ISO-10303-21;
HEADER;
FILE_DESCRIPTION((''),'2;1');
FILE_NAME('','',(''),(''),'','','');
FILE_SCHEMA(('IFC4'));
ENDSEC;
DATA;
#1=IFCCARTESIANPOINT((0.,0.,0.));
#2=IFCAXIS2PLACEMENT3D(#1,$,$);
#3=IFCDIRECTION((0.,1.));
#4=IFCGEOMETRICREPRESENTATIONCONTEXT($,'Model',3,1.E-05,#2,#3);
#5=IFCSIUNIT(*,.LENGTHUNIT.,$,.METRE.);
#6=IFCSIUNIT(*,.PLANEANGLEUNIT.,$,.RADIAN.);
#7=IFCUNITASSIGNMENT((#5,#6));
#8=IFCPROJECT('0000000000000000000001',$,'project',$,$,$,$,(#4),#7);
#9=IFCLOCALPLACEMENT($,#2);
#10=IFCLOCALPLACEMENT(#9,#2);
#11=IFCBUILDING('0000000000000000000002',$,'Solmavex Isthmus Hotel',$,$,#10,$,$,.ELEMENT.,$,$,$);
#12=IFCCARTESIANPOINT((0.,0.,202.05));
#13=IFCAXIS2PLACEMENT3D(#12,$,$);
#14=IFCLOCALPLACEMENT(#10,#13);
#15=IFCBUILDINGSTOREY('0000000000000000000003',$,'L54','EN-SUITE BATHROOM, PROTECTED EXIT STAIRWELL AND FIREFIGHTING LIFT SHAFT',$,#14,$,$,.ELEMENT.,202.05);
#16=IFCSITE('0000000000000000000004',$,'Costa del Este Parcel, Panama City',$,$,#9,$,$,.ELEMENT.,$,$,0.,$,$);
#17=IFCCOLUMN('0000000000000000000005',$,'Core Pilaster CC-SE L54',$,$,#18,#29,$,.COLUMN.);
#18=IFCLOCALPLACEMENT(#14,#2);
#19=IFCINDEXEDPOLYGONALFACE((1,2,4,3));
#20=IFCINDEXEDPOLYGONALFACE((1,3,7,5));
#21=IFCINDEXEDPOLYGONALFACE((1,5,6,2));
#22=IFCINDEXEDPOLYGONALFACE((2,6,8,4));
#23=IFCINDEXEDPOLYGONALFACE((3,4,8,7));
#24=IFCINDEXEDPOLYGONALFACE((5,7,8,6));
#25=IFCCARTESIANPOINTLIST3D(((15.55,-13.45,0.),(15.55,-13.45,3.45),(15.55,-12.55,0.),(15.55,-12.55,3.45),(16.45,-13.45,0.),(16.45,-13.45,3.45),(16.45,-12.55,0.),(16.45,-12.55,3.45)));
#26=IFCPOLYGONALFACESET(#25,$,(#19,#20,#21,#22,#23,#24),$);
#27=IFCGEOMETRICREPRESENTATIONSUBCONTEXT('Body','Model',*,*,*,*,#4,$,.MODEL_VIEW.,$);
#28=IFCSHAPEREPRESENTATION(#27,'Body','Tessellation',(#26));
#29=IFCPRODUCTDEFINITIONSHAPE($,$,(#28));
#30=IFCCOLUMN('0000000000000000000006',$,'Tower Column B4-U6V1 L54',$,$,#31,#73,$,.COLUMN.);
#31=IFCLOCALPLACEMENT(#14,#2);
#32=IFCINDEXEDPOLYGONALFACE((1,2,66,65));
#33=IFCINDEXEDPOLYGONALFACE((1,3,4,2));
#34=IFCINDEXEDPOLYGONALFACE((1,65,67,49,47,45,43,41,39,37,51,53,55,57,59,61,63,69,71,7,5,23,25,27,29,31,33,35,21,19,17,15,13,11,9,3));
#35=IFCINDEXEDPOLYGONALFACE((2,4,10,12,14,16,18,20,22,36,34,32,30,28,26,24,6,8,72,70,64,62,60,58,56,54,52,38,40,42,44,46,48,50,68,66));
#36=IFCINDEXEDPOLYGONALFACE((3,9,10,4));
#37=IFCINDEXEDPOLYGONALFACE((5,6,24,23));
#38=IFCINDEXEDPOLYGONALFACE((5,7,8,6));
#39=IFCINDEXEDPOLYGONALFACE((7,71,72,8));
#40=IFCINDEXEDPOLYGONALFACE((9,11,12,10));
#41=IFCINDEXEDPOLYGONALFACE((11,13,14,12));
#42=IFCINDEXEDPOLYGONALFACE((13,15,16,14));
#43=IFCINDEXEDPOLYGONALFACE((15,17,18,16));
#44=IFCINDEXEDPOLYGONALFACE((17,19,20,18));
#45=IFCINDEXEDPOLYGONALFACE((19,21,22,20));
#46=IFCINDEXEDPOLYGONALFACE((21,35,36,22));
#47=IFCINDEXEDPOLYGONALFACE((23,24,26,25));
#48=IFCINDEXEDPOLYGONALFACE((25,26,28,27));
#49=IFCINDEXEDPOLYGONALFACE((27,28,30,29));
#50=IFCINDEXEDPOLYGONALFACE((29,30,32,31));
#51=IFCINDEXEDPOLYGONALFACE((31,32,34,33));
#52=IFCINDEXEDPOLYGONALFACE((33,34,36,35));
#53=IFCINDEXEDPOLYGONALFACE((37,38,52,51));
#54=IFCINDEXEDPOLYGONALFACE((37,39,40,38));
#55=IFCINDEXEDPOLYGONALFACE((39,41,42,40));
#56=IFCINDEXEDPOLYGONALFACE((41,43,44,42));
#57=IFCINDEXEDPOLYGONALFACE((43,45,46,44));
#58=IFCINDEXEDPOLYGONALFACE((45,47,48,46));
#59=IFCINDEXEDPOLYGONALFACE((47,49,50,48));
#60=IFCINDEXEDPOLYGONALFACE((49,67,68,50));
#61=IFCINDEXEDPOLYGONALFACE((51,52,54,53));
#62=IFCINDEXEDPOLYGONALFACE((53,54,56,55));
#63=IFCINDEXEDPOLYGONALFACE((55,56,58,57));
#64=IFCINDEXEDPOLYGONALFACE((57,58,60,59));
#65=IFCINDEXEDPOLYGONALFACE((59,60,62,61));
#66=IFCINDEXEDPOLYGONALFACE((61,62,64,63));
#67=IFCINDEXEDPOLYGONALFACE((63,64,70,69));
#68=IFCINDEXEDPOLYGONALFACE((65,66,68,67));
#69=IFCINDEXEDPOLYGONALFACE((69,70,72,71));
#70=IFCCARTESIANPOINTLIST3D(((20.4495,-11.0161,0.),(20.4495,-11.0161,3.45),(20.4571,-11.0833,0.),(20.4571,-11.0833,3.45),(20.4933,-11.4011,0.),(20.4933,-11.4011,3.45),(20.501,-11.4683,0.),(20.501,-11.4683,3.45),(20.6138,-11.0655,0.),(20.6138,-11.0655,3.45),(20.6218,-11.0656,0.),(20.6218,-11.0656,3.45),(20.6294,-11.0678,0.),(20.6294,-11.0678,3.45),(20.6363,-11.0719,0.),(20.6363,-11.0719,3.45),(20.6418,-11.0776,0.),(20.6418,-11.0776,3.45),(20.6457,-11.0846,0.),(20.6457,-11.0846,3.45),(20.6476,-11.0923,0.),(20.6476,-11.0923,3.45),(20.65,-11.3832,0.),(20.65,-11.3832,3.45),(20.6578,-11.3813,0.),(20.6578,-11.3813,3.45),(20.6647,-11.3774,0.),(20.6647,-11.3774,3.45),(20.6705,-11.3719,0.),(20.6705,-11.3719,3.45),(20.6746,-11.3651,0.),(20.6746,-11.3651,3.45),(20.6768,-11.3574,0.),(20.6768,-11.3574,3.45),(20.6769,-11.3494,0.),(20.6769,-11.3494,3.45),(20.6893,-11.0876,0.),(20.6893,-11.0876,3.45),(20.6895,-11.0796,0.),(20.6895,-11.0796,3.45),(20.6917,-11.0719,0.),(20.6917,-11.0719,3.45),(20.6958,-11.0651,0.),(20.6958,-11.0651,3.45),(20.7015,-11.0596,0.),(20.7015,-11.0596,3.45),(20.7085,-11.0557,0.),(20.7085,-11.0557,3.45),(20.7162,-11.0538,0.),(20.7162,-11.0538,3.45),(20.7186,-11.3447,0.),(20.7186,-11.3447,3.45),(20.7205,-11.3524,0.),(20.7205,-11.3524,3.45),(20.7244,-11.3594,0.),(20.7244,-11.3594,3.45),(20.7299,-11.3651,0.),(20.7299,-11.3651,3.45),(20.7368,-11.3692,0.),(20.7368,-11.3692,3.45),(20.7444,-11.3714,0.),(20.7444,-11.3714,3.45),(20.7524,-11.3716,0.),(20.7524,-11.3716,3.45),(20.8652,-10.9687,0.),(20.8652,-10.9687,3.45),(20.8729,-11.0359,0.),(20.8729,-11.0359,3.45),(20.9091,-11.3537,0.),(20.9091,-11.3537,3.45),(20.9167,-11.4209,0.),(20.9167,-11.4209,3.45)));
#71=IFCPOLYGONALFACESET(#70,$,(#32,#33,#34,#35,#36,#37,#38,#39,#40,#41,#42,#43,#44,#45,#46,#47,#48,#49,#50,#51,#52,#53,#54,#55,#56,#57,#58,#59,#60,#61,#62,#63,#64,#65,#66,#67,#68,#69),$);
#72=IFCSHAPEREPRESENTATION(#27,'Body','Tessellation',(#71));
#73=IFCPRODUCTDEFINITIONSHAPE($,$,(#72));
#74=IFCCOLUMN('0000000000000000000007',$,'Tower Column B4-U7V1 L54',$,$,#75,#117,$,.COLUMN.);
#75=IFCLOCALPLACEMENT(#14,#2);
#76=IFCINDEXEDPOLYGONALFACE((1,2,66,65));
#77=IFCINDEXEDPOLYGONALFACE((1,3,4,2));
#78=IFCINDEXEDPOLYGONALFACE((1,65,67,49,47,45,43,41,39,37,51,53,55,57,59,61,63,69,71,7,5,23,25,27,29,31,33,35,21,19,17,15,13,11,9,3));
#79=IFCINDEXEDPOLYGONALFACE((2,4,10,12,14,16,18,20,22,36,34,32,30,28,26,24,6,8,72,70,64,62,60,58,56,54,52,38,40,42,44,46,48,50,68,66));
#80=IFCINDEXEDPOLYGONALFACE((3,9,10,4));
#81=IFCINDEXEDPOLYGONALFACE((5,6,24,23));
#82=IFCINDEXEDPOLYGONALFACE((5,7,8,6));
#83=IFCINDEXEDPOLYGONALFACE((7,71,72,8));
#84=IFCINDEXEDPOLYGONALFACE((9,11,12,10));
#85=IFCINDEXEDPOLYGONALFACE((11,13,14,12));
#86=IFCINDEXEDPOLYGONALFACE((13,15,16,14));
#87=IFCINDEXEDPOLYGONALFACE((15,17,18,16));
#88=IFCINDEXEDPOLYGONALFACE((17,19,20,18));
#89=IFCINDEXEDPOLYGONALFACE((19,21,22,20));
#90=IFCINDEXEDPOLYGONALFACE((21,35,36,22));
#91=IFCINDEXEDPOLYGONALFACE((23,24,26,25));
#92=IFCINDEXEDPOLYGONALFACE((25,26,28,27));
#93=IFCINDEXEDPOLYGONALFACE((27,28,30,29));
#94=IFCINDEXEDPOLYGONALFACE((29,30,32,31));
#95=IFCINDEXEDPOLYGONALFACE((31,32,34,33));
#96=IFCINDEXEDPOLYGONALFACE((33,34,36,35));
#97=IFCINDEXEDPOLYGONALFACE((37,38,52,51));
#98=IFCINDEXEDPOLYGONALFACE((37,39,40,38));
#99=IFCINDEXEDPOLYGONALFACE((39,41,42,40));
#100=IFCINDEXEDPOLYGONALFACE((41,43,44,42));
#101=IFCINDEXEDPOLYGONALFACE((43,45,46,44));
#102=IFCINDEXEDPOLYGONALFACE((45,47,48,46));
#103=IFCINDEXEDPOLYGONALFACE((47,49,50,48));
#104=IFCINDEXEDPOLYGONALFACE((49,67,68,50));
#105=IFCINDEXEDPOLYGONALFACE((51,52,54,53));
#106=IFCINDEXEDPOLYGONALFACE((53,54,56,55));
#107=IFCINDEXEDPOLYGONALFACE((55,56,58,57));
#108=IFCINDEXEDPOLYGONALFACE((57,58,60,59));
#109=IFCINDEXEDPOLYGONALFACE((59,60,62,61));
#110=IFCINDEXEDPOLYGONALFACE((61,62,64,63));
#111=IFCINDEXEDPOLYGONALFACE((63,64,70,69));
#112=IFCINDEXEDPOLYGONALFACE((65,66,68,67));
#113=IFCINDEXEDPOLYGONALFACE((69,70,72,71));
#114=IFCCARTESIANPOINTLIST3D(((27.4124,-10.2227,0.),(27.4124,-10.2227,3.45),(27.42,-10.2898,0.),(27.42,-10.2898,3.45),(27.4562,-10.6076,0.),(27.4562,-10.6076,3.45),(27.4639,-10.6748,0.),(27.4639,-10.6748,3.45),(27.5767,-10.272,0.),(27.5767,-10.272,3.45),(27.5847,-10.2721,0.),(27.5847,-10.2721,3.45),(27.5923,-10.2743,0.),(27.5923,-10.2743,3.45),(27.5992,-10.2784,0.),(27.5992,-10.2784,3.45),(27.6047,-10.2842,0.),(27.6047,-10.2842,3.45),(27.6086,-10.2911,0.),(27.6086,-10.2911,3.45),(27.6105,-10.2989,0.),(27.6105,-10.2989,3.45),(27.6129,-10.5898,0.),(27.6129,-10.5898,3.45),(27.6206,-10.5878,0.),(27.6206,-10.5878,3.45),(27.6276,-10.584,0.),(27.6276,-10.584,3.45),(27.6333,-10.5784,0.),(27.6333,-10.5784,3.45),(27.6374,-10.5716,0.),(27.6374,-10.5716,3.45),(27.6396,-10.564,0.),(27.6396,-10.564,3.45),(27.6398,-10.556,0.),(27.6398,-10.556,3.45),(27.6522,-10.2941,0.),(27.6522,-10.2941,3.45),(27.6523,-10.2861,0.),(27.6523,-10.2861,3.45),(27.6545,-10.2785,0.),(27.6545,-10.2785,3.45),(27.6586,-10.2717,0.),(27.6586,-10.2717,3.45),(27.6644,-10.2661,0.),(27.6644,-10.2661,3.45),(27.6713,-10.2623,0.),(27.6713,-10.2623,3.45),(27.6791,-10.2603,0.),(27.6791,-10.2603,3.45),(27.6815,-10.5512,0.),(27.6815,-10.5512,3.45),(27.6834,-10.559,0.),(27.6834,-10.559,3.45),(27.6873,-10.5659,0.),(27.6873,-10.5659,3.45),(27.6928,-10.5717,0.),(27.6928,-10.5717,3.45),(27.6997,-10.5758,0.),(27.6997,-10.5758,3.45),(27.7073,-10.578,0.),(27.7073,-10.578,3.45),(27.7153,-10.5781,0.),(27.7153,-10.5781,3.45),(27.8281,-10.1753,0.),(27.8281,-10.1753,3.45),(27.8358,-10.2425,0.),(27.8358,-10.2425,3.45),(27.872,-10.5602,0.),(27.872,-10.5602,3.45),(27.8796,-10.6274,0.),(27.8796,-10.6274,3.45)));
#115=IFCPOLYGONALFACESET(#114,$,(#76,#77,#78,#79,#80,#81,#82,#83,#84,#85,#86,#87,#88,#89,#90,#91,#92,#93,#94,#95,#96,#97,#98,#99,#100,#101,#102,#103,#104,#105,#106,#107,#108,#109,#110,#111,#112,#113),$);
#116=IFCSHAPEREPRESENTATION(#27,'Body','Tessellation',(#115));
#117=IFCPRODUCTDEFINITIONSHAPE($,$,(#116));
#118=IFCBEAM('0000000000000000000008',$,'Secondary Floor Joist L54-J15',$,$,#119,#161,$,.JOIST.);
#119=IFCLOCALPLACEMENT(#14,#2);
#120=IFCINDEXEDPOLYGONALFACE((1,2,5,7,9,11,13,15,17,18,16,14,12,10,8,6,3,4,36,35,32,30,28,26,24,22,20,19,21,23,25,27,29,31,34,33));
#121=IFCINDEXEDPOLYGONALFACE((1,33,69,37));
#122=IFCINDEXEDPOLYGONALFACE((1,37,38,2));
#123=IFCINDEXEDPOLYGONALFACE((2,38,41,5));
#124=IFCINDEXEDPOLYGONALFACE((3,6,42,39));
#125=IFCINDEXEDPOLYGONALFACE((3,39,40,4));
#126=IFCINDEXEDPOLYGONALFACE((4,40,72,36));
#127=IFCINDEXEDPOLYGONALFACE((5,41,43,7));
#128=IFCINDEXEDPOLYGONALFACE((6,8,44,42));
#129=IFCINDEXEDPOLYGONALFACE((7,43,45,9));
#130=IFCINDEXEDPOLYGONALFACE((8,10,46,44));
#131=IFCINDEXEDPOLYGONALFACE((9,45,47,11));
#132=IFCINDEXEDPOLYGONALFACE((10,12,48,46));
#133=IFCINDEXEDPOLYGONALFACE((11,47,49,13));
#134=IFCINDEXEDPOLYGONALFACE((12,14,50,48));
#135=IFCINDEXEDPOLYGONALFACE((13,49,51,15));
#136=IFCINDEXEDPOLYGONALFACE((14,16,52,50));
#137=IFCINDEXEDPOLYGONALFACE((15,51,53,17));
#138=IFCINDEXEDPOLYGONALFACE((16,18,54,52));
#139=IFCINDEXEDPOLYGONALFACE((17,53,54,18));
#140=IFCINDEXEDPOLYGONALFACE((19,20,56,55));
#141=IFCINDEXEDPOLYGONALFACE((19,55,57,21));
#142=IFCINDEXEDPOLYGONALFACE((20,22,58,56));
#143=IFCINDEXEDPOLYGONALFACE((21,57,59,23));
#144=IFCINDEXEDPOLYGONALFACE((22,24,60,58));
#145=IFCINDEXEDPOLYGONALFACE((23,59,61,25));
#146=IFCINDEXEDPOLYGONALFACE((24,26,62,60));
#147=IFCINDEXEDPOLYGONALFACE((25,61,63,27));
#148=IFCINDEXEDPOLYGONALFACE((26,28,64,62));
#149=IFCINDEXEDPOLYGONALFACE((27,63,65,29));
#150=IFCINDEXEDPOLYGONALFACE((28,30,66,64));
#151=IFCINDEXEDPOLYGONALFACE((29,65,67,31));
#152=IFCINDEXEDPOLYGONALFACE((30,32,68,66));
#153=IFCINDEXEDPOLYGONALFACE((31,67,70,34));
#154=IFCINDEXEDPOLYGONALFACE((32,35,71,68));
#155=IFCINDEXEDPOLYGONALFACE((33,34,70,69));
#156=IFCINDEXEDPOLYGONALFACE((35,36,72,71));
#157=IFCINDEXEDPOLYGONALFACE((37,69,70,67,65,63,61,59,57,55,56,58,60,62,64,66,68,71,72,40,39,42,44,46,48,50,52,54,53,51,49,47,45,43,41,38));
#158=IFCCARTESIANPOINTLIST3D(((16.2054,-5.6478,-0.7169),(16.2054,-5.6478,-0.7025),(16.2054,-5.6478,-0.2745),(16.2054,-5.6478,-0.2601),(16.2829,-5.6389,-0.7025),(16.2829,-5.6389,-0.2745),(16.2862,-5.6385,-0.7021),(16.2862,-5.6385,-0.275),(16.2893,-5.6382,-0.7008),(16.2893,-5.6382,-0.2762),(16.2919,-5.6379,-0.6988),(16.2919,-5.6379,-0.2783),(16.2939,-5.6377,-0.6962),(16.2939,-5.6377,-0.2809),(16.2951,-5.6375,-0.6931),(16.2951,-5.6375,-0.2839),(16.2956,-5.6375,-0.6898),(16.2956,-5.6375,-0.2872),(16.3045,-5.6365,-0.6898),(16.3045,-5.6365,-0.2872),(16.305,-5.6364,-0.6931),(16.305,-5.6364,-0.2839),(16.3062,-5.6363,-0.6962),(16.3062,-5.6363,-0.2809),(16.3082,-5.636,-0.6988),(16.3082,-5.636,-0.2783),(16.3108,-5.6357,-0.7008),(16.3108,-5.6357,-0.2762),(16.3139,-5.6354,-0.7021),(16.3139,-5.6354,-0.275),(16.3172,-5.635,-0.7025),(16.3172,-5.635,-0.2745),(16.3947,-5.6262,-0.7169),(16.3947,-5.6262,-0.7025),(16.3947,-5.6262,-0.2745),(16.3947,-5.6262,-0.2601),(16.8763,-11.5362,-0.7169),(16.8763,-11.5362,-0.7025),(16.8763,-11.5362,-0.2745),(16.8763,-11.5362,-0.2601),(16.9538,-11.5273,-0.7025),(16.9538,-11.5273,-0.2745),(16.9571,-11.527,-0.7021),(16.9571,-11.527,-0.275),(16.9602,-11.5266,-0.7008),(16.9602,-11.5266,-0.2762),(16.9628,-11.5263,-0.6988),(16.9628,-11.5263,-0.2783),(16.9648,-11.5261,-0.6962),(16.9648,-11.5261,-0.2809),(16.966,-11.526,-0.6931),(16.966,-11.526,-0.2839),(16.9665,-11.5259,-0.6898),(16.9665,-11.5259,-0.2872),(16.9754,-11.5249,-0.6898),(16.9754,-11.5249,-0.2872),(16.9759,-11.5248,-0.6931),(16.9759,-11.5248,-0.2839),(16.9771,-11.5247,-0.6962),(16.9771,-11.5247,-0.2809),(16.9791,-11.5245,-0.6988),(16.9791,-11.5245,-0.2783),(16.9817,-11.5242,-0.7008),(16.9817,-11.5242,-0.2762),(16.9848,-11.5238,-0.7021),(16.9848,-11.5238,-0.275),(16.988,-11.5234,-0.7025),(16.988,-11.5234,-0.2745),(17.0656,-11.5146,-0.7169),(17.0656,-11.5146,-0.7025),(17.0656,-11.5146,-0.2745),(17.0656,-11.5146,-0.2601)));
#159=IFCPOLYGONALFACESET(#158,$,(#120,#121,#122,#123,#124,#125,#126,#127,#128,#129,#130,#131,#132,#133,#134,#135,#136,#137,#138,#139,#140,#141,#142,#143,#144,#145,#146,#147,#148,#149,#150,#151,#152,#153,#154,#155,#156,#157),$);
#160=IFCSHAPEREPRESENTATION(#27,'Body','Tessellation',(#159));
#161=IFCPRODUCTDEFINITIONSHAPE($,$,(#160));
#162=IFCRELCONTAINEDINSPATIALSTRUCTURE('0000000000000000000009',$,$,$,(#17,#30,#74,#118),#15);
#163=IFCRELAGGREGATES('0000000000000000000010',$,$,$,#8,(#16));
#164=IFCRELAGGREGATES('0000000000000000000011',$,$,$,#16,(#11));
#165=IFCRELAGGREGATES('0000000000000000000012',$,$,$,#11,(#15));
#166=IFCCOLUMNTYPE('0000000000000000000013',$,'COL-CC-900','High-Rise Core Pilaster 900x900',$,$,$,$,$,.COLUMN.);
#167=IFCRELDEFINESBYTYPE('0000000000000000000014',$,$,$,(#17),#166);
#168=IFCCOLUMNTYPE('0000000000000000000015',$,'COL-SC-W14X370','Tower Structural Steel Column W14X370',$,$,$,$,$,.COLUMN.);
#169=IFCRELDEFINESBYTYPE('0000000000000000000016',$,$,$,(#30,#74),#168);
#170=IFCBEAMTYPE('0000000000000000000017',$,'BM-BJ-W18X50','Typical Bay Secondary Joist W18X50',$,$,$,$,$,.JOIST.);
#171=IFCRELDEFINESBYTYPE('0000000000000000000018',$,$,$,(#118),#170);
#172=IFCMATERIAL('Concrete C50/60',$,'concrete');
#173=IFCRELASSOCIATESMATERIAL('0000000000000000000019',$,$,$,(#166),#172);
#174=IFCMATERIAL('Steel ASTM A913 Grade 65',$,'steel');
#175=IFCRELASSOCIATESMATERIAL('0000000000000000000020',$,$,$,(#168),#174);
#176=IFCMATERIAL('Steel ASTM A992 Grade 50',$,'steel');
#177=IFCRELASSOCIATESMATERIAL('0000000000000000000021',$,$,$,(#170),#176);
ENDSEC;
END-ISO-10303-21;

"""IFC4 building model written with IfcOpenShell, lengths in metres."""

from ifc_helpers import new_model, si_unit, direction, frame, origin, origin_2d, place, context, subcontext, project, spatial, rectangle, i_section, extrude, material, material_profile, profile_set, type_object, element, save


model = new_model("IFC4")

# Units and contexts
model_context = context("Model", 3, precision=1e-05, world=origin(), true_north=direction((0.0, 1.0)))
body_context = subcontext(model_context, "Body", "Model", "MODEL_VIEW")
ifc_project = project(units=[si_unit("LENGTHUNIT", "METRE"), si_unit("PLANEANGLEUNIT", "RADIAN")], contexts=[model_context])

# Site, building, storey
site_placement = place(None, origin())
site = spatial("IfcSite", under=ifc_project, at=site_placement, Name="Costa del Este Parcel, Panama City", CompositionType="ELEMENT", RefElevation=0.0)
building_placement = place(site_placement, origin())
building = spatial("IfcBuilding", under=site, at=building_placement, Name="Solmavex Isthmus Hotel", CompositionType="ELEMENT")
storey_placement = place(building_placement, frame((0.0, 0.0, 202.05)))
storey = spatial("IfcBuildingStorey", under=building, at=storey_placement, Name="L54", Description="EN-SUITE BATHROOM, PROTECTED EXIT STAIRWELL AND FIREFIGHTING LIFT SHAFT", CompositionType="ELEMENT", Elevation=202.05)

# Columns
ifc_material_1 = material(Name="Concrete C50/60", Category="concrete")
ifc_material_profile_1 = material_profile(ifc_material_1, rectangle(XDim=0.8999, YDim=0.8999, at=origin_2d()), Name="RC900X900")
ifc_profile_set_1 = profile_set([ifc_material_profile_1], Name="Concrete C50/60")
column_type_1 = type_object("IfcColumnType", Name="COL-CC-900", Description="High-Rise Core Pilaster 900x900", PredefinedType="COLUMN", material=ifc_profile_set_1)
column_placement = place(storey_placement, frame((16.0, -13.0, 0.0), z_axis=(0.0, 0.0, 1.0), x_axis=(1.0, 0.0, 0.0)))
element("IfcColumn", 1, at=column_placement, inside=storey, type_object=column_type_1, Name="Core Pilaster CC-SE L54", PredefinedType="COLUMN", context=body_context, shape_type="SweptSolid", body=[
    extrude(rectangle(XDim=0.8999, YDim=0.8999, at=origin_2d()), origin(), (0.0, 0.0, 1.0), 3.45),
])
ifc_material_2 = material(Name="Steel ASTM A913 Grade 65", Category="steel")
ifc_material_profile_2 = material_profile(ifc_material_2, i_section(OverallWidth=0.4185, OverallDepth=0.4551, WebThickness=0.042, FlangeThickness=0.0676, FilletRadius=0.0305, at=origin_2d()), Name="W14X370")
ifc_profile_set_2 = profile_set([ifc_material_profile_2], Name="Steel ASTM A913 Grade 65")
column_type_2 = type_object("IfcColumnType", Name="COL-SC-W14X370", Description="Tower Structural Steel Column W14X370", PredefinedType="COLUMN", material=ifc_profile_set_2)
for number, where, z_axis, x_axis, name in (
    (2, (20.6831, -11.2185, 0.0), (0.0, 0.0, 1.0), (0.993572, 0.113203, 0.0), "Tower Column B4-U6V1 L54"),
    (3, (27.646, -10.425, 0.0), (0.0, 0.0, 1.0), (0.993572, 0.113203, 0.0), "Tower Column B4-U7V1 L54"),
):
    element("IfcColumn", number, at=place(storey_placement, frame(where, z_axis=z_axis, x_axis=x_axis)), inside=storey, type_object=column_type_2, Name=name, PredefinedType="COLUMN", context=body_context, shape_type="SweptSolid", body=[
        extrude(i_section(OverallWidth=0.4185, OverallDepth=0.4551, WebThickness=0.042, FlangeThickness=0.0676, FilletRadius=0.0305, at=origin_2d()), origin(), (0.0, 0.0, 1.0), 3.45),
    ])

# Beam
ifc_material_3 = material(Name="Steel ASTM A992 Grade 50", Category="steel")
ifc_material_profile_3 = material_profile(ifc_material_3, i_section(OverallWidth=0.1904, OverallDepth=0.4568, WebThickness=0.009, FlangeThickness=0.0144, FilletRadius=0.0127, at=origin_2d()), Name="W18X50")
ifc_profile_set_3 = profile_set([ifc_material_profile_3], Name="Steel ASTM A992 Grade 50")
beam_type_1 = type_object("IfcBeamType", Name="BM-BJ-W18X50", Description="Typical Bay Secondary Joist W18X50", PredefinedType="JOIST", material=ifc_profile_set_3)
beam_1_placement = place(storey_placement, frame((16.9709, -11.5254, -0.4885), z_axis=(-0.113203, 0.993572, 0.0), x_axis=(-0.993572, -0.113203, 0.0)))
element("IfcBeam", 4, at=beam_1_placement, inside=storey, type_object=beam_type_1, Name="Secondary Floor Joist L54-J15", PredefinedType="JOIST", context=body_context, shape_type="SweptSolid", body=[
    extrude(i_section(OverallWidth=0.1904, OverallDepth=0.4568, WebThickness=0.009, FlangeThickness=0.0144, FilletRadius=0.0127, at=origin_2d()), origin(), (0.0, 0.0, 1.0), 5.9265),
])

save(model, "model.ifc")
